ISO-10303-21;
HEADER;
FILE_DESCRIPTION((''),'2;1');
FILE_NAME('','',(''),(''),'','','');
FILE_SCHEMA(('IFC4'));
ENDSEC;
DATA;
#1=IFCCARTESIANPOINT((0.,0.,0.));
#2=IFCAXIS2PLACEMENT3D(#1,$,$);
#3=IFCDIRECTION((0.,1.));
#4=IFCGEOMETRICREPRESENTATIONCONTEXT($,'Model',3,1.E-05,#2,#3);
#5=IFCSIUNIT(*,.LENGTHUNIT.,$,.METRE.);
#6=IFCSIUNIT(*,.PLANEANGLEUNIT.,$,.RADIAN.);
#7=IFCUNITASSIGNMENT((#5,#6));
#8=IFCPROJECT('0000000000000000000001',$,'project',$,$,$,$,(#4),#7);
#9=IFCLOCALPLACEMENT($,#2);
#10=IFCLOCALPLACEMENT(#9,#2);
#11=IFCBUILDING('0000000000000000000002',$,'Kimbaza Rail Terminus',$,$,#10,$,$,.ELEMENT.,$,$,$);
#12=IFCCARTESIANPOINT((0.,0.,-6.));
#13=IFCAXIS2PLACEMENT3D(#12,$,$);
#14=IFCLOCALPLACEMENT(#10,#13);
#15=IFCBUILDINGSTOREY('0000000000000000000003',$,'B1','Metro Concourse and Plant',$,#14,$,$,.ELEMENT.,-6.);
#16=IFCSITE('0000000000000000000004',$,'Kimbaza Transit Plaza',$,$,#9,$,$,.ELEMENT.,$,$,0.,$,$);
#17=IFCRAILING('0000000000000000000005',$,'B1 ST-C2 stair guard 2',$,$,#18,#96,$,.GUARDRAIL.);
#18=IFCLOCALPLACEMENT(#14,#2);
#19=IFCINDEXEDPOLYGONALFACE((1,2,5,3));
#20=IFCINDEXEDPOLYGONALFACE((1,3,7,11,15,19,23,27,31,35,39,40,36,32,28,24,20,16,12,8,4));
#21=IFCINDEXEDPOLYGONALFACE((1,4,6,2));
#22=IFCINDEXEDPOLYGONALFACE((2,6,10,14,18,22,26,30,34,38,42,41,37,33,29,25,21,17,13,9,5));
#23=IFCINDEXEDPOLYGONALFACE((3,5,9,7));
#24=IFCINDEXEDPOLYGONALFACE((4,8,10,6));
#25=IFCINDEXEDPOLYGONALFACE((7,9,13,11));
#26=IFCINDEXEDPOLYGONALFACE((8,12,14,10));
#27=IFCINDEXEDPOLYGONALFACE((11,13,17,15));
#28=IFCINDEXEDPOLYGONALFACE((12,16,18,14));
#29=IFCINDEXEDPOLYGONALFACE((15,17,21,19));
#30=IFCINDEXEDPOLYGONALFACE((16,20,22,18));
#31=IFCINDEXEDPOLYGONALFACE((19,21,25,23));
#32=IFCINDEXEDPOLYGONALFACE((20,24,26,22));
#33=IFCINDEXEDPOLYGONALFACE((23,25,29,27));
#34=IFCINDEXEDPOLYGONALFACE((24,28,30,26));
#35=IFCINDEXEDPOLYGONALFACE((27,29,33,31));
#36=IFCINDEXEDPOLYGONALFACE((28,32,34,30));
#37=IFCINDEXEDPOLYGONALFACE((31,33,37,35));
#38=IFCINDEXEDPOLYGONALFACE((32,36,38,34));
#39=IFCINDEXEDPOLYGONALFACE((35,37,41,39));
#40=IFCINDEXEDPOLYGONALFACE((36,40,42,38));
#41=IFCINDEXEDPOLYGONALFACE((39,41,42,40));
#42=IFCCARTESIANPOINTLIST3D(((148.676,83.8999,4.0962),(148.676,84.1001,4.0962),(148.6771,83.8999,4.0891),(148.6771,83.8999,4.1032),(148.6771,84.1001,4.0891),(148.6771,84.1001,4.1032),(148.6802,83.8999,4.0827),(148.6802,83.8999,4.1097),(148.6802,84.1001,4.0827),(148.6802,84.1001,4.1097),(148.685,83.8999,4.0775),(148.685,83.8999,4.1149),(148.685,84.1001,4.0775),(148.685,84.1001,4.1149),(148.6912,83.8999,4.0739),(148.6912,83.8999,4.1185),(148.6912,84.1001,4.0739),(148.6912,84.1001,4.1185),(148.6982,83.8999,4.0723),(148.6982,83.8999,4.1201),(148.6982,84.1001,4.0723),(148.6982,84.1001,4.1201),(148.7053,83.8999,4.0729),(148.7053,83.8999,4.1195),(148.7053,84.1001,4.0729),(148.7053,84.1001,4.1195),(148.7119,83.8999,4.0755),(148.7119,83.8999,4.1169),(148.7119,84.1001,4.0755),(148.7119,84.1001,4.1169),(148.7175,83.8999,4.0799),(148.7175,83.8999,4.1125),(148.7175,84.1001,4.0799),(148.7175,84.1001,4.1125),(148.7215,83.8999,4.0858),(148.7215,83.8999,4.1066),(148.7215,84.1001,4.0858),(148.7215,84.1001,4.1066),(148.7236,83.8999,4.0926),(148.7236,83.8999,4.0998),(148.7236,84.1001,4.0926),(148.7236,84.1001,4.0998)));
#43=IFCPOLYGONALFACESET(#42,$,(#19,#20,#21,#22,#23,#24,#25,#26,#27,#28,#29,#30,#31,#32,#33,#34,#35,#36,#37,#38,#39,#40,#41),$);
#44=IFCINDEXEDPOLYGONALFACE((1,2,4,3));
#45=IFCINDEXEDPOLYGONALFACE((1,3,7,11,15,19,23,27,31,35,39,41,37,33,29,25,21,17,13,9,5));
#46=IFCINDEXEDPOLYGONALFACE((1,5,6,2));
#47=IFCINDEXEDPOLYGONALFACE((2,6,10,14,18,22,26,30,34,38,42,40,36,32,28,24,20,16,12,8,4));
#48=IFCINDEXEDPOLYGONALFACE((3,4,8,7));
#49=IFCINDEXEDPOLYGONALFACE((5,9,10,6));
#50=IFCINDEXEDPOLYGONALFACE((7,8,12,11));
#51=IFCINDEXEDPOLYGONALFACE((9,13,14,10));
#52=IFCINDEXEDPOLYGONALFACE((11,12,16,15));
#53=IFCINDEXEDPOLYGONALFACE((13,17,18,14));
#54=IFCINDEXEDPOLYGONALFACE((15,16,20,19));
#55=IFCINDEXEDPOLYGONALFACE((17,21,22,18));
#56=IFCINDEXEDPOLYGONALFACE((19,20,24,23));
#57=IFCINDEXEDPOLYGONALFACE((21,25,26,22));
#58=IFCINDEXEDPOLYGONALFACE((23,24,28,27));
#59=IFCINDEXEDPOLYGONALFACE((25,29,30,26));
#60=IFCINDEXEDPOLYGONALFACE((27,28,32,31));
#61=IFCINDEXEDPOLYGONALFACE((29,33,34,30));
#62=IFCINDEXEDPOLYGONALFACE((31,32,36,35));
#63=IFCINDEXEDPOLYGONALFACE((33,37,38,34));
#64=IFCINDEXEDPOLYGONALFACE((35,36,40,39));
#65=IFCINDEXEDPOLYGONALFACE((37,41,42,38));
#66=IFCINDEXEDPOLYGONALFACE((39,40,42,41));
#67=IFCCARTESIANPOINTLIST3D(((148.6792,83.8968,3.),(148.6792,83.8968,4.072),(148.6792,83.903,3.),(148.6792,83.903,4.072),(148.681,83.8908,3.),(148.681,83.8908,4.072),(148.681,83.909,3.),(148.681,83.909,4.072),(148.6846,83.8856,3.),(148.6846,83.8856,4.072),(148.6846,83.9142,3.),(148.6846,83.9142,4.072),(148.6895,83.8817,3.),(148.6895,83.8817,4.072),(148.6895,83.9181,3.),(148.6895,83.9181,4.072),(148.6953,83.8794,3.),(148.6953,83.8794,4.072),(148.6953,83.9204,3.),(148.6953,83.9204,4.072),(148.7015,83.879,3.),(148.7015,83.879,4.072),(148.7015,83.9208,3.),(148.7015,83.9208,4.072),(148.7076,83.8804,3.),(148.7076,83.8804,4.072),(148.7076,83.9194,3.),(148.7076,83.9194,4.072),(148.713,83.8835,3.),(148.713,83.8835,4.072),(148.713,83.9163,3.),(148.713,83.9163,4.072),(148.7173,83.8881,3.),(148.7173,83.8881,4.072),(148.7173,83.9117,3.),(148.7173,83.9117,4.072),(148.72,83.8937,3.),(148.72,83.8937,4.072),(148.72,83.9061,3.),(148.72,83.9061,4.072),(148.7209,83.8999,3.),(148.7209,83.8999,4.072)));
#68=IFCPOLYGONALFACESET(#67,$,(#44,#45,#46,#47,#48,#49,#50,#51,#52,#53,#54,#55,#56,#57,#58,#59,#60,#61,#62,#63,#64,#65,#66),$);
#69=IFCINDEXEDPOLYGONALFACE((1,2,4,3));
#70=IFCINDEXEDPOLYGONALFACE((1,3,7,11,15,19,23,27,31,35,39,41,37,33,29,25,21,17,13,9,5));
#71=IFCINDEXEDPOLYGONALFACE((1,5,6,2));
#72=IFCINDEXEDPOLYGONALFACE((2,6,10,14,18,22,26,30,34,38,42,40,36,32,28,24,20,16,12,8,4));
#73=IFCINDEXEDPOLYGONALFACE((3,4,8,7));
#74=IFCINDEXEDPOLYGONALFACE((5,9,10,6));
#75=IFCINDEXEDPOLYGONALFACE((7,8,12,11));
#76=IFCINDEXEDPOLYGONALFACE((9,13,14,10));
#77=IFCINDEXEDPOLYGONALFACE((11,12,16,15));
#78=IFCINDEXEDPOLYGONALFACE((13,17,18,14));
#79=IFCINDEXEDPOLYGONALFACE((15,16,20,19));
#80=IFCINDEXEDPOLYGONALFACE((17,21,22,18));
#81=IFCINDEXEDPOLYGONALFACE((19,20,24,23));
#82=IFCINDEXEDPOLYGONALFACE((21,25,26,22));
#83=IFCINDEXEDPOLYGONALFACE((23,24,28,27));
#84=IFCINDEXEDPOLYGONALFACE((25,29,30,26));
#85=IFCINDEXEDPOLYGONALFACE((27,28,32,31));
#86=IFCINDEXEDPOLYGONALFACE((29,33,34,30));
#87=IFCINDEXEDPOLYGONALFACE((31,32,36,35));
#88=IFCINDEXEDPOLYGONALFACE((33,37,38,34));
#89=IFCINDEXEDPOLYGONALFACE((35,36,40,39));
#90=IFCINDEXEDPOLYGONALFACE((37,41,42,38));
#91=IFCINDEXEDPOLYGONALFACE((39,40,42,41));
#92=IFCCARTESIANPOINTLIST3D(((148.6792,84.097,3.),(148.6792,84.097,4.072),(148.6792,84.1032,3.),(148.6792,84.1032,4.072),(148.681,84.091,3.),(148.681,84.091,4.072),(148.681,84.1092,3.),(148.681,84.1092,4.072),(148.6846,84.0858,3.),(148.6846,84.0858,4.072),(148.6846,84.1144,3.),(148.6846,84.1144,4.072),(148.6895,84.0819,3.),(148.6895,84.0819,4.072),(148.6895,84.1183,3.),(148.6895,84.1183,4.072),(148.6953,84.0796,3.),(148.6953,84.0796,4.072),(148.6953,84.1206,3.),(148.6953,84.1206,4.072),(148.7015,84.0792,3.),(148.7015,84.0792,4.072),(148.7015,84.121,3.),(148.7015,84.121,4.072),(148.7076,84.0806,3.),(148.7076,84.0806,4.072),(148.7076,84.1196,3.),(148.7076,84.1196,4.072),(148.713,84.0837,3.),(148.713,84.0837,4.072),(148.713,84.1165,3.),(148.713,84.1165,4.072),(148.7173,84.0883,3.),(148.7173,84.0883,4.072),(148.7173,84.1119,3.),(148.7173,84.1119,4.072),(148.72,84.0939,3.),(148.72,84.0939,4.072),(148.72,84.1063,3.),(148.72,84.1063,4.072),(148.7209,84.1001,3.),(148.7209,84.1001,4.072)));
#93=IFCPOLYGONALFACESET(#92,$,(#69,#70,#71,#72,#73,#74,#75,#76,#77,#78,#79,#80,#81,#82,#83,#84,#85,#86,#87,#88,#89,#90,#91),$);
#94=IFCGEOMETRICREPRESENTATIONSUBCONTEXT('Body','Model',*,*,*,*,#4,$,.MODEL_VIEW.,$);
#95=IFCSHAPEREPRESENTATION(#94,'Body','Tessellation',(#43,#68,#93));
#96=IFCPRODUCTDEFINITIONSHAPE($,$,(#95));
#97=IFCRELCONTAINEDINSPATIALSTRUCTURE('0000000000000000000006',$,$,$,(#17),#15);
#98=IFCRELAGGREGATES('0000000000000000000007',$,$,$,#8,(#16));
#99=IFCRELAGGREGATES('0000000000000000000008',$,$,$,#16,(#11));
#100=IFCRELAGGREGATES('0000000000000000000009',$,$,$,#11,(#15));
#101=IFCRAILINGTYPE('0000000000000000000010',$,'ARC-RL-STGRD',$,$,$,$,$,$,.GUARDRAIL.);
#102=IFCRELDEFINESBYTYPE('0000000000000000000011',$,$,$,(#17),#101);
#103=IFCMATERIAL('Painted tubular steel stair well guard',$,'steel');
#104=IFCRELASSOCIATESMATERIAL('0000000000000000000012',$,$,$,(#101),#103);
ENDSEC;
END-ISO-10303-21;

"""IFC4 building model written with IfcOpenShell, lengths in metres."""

from ifc_helpers import new_model, si_unit, direction, frame, origin, origin_2d, place, context, subcontext, project, spatial, circle, extrude, material, type_object, element, save


model = new_model("IFC4")

# Units and contexts
model_context = context("Model", 3, precision=1e-05, world=origin(), true_north=direction((0.0, 1.0)))
body_context = subcontext(model_context, "Body", "Model", "MODEL_VIEW")
ifc_project = project(units=[si_unit("LENGTHUNIT", "METRE"), si_unit("PLANEANGLEUNIT", "RADIAN")], contexts=[model_context])

# Site, building, storey
site_placement = place(None, origin())
site = spatial("IfcSite", under=ifc_project, at=site_placement, Name="Kimbaza Transit Plaza", CompositionType="ELEMENT", RefElevation=0.0)
building_placement = place(site_placement, origin())
building = spatial("IfcBuilding", under=site, at=building_placement, Name="Kimbaza Rail Terminus", CompositionType="ELEMENT")
storey_placement = place(building_placement, frame((0.0, 0.0, -6.0)))
storey = spatial("IfcBuildingStorey", under=building, at=storey_placement, Name="B1", Description="Metro Concourse and Plant", CompositionType="ELEMENT", Elevation=-6.0)

# Railing
ifc_material_1 = material(Name="Painted tubular steel stair well guard", Category="steel")
railing_type_1 = type_object("IfcRailingType", Name="ARC-RL-STGRD", PredefinedType="GUARDRAIL", material=ifc_material_1)
railing_1_placement = place(storey_placement, frame((148.7, 83.8999, 3.0)))
element("IfcRailing", 1, at=railing_1_placement, inside=storey, type_object=railing_type_1, Name="B1 ST-C2 stair guard 2", PredefinedType="GUARDRAIL", context=body_context, shape_type="SweptSolid", body=[
    extrude(circle(Radius=0.0239, at=origin_2d()), frame((0.0, 0.0, 1.0962), z_axis=(0.0, 1.0, 0.0), x_axis=(-1.0, 0.0, 0.0)), (0.0, 0.0, 1.0), 0.2002),
    extrude(circle(Radius=0.021, at=origin_2d()), origin(), (0.0, 0.0, 1.0), 1.072),
    extrude(circle(Radius=0.021, at=origin_2d()), frame((0.0, 0.2002, 0.0)), (0.0, 0.0, 1.0), 1.072),
])

save(model, "model.ifc")
